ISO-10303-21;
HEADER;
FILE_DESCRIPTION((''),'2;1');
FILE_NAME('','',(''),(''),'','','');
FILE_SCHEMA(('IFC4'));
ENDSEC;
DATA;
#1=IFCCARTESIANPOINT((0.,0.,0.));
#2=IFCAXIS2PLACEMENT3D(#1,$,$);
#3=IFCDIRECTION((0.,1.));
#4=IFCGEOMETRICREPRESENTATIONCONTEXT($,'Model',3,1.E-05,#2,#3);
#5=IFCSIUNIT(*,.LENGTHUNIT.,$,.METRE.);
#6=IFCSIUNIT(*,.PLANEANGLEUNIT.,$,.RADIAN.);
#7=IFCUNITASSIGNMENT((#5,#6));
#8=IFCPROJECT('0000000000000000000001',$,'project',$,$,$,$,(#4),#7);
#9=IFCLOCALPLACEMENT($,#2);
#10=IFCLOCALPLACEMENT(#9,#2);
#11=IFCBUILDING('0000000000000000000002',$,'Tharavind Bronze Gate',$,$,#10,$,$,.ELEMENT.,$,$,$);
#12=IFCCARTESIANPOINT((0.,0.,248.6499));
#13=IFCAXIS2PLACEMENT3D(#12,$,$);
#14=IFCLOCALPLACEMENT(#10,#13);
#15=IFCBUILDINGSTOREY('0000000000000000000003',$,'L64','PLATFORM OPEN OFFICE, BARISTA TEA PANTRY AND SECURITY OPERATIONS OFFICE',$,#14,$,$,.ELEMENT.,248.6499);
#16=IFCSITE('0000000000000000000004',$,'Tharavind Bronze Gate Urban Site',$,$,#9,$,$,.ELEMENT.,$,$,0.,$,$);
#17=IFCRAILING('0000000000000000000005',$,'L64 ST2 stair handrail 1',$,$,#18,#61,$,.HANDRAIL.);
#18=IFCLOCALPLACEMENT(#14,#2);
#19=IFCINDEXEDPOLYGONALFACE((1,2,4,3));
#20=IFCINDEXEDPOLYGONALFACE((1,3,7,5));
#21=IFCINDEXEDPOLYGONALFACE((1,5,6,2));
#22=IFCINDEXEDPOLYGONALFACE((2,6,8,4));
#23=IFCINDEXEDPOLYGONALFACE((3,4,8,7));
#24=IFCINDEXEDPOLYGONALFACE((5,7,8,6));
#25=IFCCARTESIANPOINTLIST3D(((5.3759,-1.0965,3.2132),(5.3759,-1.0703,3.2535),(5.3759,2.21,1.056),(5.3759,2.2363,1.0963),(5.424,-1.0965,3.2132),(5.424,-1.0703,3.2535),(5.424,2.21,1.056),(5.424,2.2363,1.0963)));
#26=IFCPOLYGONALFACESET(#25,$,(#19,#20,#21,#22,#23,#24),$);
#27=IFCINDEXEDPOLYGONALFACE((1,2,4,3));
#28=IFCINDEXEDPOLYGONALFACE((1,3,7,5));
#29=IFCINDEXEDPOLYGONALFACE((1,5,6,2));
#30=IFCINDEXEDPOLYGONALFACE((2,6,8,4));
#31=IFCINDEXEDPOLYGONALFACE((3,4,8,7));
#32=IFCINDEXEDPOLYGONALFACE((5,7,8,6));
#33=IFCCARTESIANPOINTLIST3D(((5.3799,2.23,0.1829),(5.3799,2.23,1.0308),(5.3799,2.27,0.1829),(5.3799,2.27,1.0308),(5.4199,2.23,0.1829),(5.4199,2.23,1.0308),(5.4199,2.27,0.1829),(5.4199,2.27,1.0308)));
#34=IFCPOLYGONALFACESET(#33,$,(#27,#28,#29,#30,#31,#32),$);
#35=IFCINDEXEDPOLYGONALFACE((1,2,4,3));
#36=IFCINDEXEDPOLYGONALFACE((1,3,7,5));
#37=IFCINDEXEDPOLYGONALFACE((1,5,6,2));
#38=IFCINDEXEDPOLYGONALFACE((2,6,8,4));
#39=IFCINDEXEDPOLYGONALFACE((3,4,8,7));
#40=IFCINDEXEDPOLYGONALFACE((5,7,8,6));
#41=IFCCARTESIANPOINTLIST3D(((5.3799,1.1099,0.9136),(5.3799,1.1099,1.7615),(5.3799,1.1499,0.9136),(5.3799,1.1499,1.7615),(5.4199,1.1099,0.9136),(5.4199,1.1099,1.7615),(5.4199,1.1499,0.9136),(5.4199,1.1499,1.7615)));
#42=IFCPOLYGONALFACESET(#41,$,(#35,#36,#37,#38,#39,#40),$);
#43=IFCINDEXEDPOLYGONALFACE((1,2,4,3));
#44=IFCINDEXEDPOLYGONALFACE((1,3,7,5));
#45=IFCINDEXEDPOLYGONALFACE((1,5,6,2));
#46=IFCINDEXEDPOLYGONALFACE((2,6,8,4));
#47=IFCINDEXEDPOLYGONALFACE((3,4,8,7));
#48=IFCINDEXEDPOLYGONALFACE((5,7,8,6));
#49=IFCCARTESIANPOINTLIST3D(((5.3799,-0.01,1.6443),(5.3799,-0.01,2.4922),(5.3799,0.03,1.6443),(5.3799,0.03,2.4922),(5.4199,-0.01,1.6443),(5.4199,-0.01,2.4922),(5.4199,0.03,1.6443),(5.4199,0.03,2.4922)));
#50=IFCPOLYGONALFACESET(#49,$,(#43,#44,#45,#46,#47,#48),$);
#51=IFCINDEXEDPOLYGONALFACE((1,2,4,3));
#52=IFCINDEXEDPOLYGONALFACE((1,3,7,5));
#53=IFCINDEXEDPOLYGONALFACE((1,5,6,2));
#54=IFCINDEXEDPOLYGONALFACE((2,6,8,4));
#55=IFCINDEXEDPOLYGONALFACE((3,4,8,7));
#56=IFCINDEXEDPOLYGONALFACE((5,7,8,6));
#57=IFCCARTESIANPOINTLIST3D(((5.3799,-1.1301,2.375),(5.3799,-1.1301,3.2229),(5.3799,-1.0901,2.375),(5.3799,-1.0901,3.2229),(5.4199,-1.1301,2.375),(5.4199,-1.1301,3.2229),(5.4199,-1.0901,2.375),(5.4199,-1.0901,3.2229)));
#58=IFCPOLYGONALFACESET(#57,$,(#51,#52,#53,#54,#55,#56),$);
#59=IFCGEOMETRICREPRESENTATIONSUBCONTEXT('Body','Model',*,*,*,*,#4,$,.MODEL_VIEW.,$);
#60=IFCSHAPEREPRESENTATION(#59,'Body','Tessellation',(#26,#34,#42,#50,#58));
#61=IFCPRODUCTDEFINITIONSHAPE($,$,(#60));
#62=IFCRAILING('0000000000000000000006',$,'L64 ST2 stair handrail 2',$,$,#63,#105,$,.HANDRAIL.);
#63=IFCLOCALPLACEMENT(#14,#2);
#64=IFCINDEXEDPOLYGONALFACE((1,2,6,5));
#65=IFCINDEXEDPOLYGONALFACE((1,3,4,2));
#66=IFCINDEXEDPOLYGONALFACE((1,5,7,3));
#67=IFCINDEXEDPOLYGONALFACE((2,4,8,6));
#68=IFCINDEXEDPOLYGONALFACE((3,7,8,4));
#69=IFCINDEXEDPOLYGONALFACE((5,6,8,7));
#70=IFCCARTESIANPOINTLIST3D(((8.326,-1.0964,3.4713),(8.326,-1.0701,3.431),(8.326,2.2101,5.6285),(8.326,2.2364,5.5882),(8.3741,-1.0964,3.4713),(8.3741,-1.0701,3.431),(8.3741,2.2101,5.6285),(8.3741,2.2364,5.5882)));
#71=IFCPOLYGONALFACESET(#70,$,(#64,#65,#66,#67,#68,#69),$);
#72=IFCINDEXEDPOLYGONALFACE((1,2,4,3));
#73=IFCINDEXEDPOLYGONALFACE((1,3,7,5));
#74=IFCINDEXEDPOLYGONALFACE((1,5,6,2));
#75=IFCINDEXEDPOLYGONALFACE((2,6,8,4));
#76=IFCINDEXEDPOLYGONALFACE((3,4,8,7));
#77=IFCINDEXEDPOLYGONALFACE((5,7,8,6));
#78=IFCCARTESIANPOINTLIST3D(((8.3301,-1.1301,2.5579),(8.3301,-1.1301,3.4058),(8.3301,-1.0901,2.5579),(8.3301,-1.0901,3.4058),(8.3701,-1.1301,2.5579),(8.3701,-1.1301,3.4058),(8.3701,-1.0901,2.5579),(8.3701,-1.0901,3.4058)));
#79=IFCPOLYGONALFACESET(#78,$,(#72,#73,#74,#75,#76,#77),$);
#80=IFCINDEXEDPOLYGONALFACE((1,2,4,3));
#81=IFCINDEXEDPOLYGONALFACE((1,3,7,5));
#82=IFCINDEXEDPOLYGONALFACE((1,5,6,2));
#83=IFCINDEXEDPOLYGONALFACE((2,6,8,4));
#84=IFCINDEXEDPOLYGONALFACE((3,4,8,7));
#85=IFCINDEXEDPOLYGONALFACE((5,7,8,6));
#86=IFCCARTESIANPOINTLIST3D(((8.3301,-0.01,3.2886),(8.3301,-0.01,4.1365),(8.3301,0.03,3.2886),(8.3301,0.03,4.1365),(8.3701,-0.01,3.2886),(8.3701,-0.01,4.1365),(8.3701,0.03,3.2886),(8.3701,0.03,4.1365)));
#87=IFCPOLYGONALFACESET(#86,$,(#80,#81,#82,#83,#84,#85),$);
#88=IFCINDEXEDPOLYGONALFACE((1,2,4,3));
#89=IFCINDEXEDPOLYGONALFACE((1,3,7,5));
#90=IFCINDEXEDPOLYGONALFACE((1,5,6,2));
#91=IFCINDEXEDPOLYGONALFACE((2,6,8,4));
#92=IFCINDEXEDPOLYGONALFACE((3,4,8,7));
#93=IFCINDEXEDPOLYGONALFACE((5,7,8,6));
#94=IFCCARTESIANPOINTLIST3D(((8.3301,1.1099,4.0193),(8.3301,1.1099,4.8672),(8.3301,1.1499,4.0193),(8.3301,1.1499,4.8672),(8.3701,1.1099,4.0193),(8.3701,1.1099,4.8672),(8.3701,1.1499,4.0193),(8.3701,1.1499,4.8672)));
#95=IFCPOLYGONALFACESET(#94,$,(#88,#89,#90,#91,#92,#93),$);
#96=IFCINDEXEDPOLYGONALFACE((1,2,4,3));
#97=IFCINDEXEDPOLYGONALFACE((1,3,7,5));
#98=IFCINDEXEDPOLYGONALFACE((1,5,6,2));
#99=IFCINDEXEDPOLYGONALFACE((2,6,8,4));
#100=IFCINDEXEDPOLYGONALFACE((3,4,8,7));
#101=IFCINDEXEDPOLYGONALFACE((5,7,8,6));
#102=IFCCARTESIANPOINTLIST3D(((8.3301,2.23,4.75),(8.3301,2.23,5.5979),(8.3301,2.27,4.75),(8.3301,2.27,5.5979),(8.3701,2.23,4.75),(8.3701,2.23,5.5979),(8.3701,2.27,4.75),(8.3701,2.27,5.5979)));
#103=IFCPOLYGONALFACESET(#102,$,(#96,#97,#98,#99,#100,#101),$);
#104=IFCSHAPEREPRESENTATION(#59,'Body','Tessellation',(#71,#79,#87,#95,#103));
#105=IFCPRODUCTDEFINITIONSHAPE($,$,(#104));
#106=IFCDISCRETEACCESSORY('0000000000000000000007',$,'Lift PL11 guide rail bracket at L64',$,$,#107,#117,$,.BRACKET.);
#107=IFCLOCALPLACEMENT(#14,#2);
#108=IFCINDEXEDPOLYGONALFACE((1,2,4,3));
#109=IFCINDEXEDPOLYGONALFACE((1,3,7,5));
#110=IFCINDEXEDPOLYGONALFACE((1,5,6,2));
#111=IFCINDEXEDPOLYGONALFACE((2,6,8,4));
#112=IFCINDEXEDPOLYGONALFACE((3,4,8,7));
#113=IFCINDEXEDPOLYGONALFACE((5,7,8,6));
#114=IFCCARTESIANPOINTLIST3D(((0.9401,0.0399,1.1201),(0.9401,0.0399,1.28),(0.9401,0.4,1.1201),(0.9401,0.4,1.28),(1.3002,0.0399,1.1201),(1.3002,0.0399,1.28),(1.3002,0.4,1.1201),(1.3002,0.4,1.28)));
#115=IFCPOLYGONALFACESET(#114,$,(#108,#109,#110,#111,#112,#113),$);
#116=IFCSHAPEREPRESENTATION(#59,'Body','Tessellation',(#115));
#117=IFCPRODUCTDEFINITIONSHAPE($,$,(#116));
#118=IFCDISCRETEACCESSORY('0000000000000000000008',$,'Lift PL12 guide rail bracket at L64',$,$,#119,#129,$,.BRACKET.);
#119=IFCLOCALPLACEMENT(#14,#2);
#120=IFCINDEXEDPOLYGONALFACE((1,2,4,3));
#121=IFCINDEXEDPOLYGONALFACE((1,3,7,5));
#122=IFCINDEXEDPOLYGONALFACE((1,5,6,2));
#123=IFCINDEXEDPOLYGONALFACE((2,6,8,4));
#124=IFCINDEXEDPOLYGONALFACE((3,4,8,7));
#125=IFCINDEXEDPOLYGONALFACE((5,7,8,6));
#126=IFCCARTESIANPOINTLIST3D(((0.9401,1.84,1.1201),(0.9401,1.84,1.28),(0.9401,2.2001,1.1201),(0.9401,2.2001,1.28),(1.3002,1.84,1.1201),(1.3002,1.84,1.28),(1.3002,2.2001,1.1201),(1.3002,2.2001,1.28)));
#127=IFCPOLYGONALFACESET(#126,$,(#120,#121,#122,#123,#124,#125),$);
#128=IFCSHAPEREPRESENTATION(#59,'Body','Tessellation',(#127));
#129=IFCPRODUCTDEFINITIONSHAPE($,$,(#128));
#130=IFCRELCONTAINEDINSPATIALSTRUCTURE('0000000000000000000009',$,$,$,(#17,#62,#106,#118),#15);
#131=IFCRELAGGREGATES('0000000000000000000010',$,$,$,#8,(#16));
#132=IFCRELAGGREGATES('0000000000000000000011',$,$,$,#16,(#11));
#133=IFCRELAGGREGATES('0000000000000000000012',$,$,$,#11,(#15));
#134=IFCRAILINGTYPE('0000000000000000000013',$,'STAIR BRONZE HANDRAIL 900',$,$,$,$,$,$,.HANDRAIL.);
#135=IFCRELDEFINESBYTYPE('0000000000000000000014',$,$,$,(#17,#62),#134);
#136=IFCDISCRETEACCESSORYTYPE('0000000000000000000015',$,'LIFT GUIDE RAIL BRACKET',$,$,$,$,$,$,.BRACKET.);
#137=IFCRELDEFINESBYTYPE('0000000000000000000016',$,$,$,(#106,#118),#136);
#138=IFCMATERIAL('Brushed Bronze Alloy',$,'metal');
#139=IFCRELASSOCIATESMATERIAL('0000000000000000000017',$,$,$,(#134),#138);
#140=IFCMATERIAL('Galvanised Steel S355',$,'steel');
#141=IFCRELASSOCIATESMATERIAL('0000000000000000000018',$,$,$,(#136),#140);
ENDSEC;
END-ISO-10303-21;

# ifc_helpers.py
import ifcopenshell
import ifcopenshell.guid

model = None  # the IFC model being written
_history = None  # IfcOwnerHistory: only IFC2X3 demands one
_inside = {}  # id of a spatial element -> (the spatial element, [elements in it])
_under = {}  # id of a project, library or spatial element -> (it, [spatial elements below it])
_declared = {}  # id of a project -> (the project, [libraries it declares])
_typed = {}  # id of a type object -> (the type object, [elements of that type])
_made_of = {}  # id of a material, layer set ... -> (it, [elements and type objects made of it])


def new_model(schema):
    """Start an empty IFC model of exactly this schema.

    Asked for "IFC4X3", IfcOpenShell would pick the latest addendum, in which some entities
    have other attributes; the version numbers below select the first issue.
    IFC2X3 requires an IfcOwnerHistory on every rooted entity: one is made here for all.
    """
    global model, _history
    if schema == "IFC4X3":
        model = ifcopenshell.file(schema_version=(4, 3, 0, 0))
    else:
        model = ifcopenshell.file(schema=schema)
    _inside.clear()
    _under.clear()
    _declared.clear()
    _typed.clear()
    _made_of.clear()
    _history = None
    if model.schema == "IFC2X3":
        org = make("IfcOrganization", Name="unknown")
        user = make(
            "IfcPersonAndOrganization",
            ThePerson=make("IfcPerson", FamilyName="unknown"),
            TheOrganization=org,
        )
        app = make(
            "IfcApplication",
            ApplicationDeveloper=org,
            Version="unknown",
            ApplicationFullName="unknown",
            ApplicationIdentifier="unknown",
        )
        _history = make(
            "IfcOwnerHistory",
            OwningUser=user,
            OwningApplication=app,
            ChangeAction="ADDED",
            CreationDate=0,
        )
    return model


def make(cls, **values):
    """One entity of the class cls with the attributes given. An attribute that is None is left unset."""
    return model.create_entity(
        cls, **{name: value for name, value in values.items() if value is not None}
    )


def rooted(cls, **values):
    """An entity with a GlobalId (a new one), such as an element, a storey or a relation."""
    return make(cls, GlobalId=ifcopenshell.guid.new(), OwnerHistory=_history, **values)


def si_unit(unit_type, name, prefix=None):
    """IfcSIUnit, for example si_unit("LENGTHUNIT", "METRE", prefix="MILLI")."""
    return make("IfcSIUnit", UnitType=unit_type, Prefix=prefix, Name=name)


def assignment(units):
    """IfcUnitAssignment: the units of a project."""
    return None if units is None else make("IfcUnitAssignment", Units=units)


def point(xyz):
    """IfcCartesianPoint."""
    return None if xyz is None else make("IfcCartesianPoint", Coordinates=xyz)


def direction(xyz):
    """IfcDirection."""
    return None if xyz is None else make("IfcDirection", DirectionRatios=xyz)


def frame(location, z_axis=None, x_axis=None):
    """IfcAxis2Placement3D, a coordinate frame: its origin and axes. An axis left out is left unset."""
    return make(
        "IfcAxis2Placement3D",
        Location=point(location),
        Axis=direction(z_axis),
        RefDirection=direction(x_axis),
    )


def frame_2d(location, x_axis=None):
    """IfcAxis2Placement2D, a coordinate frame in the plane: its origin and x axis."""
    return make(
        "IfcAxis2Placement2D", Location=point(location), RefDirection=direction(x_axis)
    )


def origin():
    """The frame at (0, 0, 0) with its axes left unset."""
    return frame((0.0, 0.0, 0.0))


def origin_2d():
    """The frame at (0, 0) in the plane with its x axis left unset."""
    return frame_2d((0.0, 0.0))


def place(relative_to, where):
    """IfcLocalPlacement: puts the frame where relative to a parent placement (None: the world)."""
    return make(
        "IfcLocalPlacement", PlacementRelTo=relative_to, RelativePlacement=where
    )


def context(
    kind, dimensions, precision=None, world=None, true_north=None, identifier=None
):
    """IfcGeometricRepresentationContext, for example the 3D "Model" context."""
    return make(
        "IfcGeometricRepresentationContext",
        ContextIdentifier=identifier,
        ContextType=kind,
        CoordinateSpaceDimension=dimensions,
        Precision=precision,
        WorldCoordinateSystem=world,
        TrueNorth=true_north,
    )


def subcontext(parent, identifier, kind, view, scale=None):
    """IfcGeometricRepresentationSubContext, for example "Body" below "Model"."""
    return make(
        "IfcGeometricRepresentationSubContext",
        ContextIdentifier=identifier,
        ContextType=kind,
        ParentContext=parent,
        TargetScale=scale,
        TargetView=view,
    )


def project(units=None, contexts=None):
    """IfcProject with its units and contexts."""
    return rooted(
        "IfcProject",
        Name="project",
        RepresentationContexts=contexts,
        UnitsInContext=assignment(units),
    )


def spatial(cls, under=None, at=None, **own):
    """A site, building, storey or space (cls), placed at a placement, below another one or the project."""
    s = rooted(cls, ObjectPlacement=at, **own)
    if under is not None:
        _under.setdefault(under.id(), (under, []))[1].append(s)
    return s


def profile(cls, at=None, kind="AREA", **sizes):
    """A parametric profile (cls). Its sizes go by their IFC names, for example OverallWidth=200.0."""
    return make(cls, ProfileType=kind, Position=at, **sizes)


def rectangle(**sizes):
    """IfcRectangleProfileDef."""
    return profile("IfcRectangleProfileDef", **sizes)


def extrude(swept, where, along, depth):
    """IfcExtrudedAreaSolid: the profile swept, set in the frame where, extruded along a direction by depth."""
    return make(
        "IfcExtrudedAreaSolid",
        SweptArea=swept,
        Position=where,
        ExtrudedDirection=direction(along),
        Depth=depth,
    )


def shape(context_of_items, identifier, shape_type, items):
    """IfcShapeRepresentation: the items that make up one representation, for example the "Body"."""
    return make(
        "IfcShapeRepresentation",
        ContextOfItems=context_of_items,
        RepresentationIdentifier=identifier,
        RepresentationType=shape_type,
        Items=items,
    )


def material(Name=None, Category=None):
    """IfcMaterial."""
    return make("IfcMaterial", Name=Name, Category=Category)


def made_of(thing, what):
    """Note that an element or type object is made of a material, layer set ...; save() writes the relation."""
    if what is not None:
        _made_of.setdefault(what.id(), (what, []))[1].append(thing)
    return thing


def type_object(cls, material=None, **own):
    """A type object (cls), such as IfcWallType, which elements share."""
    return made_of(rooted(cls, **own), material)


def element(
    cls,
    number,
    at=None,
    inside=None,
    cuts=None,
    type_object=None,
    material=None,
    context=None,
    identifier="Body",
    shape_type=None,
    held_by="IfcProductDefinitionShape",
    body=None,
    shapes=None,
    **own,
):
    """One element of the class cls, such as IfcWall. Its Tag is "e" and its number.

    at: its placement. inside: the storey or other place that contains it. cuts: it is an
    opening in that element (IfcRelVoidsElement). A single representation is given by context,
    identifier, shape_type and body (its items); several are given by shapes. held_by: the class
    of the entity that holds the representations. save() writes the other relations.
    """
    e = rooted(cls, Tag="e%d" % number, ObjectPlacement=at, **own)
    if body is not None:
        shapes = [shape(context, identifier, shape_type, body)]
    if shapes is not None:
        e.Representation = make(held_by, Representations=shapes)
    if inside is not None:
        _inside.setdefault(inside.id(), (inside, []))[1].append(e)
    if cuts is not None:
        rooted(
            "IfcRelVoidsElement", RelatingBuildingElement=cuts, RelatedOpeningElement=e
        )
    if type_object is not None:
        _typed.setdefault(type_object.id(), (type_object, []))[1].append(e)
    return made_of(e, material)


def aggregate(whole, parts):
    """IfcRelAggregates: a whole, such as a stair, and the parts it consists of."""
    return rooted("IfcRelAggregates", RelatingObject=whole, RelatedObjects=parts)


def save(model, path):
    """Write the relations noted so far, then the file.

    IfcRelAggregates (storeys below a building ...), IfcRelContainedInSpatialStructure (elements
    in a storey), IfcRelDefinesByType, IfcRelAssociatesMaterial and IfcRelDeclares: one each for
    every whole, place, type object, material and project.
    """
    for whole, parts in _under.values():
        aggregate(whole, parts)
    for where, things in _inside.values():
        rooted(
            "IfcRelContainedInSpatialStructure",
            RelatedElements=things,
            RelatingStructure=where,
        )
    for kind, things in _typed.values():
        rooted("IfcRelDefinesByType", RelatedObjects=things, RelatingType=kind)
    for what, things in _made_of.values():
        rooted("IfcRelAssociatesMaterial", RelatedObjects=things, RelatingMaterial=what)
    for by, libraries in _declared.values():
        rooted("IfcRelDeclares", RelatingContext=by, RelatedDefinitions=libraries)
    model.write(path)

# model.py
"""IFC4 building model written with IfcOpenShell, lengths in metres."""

from ifc_helpers import new_model, si_unit, direction, frame, origin, origin_2d, place, context, subcontext, project, spatial, rectangle, extrude, material, type_object, element, save


model = new_model("IFC4")

# Units and contexts
model_context = context("Model", 3, precision=1e-05, world=origin(), true_north=direction((0.0, 1.0)))
body_context = subcontext(model_context, "Body", "Model", "MODEL_VIEW")
ifc_project = project(units=[si_unit("LENGTHUNIT", "METRE"), si_unit("PLANEANGLEUNIT", "RADIAN")], contexts=[model_context])

# Site, building, storey
site_placement = place(None, origin())
site = spatial("IfcSite", under=ifc_project, at=site_placement, Name="Tharavind Bronze Gate Urban Site", CompositionType="ELEMENT", RefElevation=0.0)
building_placement = place(site_placement, origin())
building = spatial("IfcBuilding", under=site, at=building_placement, Name="Tharavind Bronze Gate", CompositionType="ELEMENT")
storey_placement = place(building_placement, frame((0.0, 0.0, 248.6499)))
storey = spatial("IfcBuildingStorey", under=building, at=storey_placement, Name="L64", Description="PLATFORM OPEN OFFICE, BARISTA TEA PANTRY AND SECURITY OPERATIONS OFFICE", CompositionType="ELEMENT", Elevation=248.6499)

# Railings
ifc_material_1 = material(Name="Brushed Bronze Alloy", Category="metal")
railing_type = type_object("IfcRailingType", Name="STAIR BRONZE HANDRAIL 900", PredefinedType="HANDRAIL", material=ifc_material_1)
railing_1_placement = place(storey_placement, frame((5.3999, 2.25, 0.1829)))
element("IfcRailing", 1, at=railing_1_placement, inside=storey, type_object=railing_type, Name="L64 ST2 stair handrail 1", PredefinedType="HANDRAIL", context=body_context, shape_type="SweptSolid", body=[
    extrude(rectangle(XDim=0.0481, YDim=0.0481, at=origin_2d()), frame((0.0, -0.0269, 0.8933), z_axis=(0.0, -0.837523, 0.546401), x_axis=(1.0, 0.0, 0.0)), (0.0, 0.0, 1.0), 3.948),
    extrude(rectangle(XDim=0.04, YDim=0.04, at=origin_2d()), origin(), (0.0, 0.0, 1.0), 0.8479),
    extrude(rectangle(XDim=0.04, YDim=0.04, at=origin_2d()), frame((0.0, -1.1201, 0.7307)), (0.0, 0.0, 1.0), 0.8479),
    extrude(rectangle(XDim=0.04, YDim=0.04, at=origin_2d()), frame((0.0, -2.24, 1.4614)), (0.0, 0.0, 1.0), 0.8479),
    extrude(rectangle(XDim=0.04, YDim=0.04, at=origin_2d()), frame((0.0, -3.3601, 2.1921)), (0.0, 0.0, 1.0), 0.8479),
])
railing_2_placement = place(storey_placement, frame((8.3501, -1.1101, 2.5579)))
element("IfcRailing", 2, at=railing_2_placement, inside=storey, type_object=railing_type, Name="L64 ST2 stair handrail 2", PredefinedType="HANDRAIL", context=body_context, shape_type="SweptSolid", body=[
    extrude(rectangle(XDim=0.0481, YDim=0.0481, at=origin_2d()), frame((0.0, 0.0269, 0.8933), z_axis=(0.0, 0.837523, 0.546401), x_axis=(-1.0, 0.0, 0.0)), (0.0, 0.0, 1.0), 3.948),
    extrude(rectangle(XDim=0.04, YDim=0.04, at=origin_2d()), origin(), (0.0, 0.0, 1.0), 0.8479),
    extrude(rectangle(XDim=0.04, YDim=0.04, at=origin_2d()), frame((0.0, 1.1201, 0.7307)), (0.0, 0.0, 1.0), 0.8479),
    extrude(rectangle(XDim=0.04, YDim=0.04, at=origin_2d()), frame((0.0, 2.24, 1.4614)), (0.0, 0.0, 1.0), 0.8479),
    extrude(rectangle(XDim=0.04, YDim=0.04, at=origin_2d()), frame((0.0, 3.3601, 2.1921)), (0.0, 0.0, 1.0), 0.8479),
])

# Discrete accessories
ifc_material_2 = material(Name="Galvanised Steel S355", Category="steel")
discrete_accessory_type = type_object("IfcDiscreteAccessoryType", Name="LIFT GUIDE RAIL BRACKET", PredefinedType="BRACKET", material=ifc_material_2)
for number, where, z_axis, x_axis, name in (
    (3, (1.1201, 0.22, 1.1201), (0.0, 0.0, 1.0), (1.0, 0.0, 0.0), "Lift PL11 guide rail bracket at L64"),
    (4, (1.1201, 2.02, 1.1201), (0.0, 0.0, 1.0), (1.0, 0.0, 0.0), "Lift PL12 guide rail bracket at L64"),
):
    element("IfcDiscreteAccessory", number, at=place(storey_placement, frame(where, z_axis=z_axis, x_axis=x_axis)), inside=storey, type_object=discrete_accessory_type, Name=name, PredefinedType="BRACKET", context=body_context, shape_type="SweptSolid", body=[
        extrude(rectangle(XDim=0.3601, YDim=0.3601, at=origin_2d()), origin(), (0.0, 0.0, 1.0), 0.1599),
    ])

save(model, "model.ifc")
